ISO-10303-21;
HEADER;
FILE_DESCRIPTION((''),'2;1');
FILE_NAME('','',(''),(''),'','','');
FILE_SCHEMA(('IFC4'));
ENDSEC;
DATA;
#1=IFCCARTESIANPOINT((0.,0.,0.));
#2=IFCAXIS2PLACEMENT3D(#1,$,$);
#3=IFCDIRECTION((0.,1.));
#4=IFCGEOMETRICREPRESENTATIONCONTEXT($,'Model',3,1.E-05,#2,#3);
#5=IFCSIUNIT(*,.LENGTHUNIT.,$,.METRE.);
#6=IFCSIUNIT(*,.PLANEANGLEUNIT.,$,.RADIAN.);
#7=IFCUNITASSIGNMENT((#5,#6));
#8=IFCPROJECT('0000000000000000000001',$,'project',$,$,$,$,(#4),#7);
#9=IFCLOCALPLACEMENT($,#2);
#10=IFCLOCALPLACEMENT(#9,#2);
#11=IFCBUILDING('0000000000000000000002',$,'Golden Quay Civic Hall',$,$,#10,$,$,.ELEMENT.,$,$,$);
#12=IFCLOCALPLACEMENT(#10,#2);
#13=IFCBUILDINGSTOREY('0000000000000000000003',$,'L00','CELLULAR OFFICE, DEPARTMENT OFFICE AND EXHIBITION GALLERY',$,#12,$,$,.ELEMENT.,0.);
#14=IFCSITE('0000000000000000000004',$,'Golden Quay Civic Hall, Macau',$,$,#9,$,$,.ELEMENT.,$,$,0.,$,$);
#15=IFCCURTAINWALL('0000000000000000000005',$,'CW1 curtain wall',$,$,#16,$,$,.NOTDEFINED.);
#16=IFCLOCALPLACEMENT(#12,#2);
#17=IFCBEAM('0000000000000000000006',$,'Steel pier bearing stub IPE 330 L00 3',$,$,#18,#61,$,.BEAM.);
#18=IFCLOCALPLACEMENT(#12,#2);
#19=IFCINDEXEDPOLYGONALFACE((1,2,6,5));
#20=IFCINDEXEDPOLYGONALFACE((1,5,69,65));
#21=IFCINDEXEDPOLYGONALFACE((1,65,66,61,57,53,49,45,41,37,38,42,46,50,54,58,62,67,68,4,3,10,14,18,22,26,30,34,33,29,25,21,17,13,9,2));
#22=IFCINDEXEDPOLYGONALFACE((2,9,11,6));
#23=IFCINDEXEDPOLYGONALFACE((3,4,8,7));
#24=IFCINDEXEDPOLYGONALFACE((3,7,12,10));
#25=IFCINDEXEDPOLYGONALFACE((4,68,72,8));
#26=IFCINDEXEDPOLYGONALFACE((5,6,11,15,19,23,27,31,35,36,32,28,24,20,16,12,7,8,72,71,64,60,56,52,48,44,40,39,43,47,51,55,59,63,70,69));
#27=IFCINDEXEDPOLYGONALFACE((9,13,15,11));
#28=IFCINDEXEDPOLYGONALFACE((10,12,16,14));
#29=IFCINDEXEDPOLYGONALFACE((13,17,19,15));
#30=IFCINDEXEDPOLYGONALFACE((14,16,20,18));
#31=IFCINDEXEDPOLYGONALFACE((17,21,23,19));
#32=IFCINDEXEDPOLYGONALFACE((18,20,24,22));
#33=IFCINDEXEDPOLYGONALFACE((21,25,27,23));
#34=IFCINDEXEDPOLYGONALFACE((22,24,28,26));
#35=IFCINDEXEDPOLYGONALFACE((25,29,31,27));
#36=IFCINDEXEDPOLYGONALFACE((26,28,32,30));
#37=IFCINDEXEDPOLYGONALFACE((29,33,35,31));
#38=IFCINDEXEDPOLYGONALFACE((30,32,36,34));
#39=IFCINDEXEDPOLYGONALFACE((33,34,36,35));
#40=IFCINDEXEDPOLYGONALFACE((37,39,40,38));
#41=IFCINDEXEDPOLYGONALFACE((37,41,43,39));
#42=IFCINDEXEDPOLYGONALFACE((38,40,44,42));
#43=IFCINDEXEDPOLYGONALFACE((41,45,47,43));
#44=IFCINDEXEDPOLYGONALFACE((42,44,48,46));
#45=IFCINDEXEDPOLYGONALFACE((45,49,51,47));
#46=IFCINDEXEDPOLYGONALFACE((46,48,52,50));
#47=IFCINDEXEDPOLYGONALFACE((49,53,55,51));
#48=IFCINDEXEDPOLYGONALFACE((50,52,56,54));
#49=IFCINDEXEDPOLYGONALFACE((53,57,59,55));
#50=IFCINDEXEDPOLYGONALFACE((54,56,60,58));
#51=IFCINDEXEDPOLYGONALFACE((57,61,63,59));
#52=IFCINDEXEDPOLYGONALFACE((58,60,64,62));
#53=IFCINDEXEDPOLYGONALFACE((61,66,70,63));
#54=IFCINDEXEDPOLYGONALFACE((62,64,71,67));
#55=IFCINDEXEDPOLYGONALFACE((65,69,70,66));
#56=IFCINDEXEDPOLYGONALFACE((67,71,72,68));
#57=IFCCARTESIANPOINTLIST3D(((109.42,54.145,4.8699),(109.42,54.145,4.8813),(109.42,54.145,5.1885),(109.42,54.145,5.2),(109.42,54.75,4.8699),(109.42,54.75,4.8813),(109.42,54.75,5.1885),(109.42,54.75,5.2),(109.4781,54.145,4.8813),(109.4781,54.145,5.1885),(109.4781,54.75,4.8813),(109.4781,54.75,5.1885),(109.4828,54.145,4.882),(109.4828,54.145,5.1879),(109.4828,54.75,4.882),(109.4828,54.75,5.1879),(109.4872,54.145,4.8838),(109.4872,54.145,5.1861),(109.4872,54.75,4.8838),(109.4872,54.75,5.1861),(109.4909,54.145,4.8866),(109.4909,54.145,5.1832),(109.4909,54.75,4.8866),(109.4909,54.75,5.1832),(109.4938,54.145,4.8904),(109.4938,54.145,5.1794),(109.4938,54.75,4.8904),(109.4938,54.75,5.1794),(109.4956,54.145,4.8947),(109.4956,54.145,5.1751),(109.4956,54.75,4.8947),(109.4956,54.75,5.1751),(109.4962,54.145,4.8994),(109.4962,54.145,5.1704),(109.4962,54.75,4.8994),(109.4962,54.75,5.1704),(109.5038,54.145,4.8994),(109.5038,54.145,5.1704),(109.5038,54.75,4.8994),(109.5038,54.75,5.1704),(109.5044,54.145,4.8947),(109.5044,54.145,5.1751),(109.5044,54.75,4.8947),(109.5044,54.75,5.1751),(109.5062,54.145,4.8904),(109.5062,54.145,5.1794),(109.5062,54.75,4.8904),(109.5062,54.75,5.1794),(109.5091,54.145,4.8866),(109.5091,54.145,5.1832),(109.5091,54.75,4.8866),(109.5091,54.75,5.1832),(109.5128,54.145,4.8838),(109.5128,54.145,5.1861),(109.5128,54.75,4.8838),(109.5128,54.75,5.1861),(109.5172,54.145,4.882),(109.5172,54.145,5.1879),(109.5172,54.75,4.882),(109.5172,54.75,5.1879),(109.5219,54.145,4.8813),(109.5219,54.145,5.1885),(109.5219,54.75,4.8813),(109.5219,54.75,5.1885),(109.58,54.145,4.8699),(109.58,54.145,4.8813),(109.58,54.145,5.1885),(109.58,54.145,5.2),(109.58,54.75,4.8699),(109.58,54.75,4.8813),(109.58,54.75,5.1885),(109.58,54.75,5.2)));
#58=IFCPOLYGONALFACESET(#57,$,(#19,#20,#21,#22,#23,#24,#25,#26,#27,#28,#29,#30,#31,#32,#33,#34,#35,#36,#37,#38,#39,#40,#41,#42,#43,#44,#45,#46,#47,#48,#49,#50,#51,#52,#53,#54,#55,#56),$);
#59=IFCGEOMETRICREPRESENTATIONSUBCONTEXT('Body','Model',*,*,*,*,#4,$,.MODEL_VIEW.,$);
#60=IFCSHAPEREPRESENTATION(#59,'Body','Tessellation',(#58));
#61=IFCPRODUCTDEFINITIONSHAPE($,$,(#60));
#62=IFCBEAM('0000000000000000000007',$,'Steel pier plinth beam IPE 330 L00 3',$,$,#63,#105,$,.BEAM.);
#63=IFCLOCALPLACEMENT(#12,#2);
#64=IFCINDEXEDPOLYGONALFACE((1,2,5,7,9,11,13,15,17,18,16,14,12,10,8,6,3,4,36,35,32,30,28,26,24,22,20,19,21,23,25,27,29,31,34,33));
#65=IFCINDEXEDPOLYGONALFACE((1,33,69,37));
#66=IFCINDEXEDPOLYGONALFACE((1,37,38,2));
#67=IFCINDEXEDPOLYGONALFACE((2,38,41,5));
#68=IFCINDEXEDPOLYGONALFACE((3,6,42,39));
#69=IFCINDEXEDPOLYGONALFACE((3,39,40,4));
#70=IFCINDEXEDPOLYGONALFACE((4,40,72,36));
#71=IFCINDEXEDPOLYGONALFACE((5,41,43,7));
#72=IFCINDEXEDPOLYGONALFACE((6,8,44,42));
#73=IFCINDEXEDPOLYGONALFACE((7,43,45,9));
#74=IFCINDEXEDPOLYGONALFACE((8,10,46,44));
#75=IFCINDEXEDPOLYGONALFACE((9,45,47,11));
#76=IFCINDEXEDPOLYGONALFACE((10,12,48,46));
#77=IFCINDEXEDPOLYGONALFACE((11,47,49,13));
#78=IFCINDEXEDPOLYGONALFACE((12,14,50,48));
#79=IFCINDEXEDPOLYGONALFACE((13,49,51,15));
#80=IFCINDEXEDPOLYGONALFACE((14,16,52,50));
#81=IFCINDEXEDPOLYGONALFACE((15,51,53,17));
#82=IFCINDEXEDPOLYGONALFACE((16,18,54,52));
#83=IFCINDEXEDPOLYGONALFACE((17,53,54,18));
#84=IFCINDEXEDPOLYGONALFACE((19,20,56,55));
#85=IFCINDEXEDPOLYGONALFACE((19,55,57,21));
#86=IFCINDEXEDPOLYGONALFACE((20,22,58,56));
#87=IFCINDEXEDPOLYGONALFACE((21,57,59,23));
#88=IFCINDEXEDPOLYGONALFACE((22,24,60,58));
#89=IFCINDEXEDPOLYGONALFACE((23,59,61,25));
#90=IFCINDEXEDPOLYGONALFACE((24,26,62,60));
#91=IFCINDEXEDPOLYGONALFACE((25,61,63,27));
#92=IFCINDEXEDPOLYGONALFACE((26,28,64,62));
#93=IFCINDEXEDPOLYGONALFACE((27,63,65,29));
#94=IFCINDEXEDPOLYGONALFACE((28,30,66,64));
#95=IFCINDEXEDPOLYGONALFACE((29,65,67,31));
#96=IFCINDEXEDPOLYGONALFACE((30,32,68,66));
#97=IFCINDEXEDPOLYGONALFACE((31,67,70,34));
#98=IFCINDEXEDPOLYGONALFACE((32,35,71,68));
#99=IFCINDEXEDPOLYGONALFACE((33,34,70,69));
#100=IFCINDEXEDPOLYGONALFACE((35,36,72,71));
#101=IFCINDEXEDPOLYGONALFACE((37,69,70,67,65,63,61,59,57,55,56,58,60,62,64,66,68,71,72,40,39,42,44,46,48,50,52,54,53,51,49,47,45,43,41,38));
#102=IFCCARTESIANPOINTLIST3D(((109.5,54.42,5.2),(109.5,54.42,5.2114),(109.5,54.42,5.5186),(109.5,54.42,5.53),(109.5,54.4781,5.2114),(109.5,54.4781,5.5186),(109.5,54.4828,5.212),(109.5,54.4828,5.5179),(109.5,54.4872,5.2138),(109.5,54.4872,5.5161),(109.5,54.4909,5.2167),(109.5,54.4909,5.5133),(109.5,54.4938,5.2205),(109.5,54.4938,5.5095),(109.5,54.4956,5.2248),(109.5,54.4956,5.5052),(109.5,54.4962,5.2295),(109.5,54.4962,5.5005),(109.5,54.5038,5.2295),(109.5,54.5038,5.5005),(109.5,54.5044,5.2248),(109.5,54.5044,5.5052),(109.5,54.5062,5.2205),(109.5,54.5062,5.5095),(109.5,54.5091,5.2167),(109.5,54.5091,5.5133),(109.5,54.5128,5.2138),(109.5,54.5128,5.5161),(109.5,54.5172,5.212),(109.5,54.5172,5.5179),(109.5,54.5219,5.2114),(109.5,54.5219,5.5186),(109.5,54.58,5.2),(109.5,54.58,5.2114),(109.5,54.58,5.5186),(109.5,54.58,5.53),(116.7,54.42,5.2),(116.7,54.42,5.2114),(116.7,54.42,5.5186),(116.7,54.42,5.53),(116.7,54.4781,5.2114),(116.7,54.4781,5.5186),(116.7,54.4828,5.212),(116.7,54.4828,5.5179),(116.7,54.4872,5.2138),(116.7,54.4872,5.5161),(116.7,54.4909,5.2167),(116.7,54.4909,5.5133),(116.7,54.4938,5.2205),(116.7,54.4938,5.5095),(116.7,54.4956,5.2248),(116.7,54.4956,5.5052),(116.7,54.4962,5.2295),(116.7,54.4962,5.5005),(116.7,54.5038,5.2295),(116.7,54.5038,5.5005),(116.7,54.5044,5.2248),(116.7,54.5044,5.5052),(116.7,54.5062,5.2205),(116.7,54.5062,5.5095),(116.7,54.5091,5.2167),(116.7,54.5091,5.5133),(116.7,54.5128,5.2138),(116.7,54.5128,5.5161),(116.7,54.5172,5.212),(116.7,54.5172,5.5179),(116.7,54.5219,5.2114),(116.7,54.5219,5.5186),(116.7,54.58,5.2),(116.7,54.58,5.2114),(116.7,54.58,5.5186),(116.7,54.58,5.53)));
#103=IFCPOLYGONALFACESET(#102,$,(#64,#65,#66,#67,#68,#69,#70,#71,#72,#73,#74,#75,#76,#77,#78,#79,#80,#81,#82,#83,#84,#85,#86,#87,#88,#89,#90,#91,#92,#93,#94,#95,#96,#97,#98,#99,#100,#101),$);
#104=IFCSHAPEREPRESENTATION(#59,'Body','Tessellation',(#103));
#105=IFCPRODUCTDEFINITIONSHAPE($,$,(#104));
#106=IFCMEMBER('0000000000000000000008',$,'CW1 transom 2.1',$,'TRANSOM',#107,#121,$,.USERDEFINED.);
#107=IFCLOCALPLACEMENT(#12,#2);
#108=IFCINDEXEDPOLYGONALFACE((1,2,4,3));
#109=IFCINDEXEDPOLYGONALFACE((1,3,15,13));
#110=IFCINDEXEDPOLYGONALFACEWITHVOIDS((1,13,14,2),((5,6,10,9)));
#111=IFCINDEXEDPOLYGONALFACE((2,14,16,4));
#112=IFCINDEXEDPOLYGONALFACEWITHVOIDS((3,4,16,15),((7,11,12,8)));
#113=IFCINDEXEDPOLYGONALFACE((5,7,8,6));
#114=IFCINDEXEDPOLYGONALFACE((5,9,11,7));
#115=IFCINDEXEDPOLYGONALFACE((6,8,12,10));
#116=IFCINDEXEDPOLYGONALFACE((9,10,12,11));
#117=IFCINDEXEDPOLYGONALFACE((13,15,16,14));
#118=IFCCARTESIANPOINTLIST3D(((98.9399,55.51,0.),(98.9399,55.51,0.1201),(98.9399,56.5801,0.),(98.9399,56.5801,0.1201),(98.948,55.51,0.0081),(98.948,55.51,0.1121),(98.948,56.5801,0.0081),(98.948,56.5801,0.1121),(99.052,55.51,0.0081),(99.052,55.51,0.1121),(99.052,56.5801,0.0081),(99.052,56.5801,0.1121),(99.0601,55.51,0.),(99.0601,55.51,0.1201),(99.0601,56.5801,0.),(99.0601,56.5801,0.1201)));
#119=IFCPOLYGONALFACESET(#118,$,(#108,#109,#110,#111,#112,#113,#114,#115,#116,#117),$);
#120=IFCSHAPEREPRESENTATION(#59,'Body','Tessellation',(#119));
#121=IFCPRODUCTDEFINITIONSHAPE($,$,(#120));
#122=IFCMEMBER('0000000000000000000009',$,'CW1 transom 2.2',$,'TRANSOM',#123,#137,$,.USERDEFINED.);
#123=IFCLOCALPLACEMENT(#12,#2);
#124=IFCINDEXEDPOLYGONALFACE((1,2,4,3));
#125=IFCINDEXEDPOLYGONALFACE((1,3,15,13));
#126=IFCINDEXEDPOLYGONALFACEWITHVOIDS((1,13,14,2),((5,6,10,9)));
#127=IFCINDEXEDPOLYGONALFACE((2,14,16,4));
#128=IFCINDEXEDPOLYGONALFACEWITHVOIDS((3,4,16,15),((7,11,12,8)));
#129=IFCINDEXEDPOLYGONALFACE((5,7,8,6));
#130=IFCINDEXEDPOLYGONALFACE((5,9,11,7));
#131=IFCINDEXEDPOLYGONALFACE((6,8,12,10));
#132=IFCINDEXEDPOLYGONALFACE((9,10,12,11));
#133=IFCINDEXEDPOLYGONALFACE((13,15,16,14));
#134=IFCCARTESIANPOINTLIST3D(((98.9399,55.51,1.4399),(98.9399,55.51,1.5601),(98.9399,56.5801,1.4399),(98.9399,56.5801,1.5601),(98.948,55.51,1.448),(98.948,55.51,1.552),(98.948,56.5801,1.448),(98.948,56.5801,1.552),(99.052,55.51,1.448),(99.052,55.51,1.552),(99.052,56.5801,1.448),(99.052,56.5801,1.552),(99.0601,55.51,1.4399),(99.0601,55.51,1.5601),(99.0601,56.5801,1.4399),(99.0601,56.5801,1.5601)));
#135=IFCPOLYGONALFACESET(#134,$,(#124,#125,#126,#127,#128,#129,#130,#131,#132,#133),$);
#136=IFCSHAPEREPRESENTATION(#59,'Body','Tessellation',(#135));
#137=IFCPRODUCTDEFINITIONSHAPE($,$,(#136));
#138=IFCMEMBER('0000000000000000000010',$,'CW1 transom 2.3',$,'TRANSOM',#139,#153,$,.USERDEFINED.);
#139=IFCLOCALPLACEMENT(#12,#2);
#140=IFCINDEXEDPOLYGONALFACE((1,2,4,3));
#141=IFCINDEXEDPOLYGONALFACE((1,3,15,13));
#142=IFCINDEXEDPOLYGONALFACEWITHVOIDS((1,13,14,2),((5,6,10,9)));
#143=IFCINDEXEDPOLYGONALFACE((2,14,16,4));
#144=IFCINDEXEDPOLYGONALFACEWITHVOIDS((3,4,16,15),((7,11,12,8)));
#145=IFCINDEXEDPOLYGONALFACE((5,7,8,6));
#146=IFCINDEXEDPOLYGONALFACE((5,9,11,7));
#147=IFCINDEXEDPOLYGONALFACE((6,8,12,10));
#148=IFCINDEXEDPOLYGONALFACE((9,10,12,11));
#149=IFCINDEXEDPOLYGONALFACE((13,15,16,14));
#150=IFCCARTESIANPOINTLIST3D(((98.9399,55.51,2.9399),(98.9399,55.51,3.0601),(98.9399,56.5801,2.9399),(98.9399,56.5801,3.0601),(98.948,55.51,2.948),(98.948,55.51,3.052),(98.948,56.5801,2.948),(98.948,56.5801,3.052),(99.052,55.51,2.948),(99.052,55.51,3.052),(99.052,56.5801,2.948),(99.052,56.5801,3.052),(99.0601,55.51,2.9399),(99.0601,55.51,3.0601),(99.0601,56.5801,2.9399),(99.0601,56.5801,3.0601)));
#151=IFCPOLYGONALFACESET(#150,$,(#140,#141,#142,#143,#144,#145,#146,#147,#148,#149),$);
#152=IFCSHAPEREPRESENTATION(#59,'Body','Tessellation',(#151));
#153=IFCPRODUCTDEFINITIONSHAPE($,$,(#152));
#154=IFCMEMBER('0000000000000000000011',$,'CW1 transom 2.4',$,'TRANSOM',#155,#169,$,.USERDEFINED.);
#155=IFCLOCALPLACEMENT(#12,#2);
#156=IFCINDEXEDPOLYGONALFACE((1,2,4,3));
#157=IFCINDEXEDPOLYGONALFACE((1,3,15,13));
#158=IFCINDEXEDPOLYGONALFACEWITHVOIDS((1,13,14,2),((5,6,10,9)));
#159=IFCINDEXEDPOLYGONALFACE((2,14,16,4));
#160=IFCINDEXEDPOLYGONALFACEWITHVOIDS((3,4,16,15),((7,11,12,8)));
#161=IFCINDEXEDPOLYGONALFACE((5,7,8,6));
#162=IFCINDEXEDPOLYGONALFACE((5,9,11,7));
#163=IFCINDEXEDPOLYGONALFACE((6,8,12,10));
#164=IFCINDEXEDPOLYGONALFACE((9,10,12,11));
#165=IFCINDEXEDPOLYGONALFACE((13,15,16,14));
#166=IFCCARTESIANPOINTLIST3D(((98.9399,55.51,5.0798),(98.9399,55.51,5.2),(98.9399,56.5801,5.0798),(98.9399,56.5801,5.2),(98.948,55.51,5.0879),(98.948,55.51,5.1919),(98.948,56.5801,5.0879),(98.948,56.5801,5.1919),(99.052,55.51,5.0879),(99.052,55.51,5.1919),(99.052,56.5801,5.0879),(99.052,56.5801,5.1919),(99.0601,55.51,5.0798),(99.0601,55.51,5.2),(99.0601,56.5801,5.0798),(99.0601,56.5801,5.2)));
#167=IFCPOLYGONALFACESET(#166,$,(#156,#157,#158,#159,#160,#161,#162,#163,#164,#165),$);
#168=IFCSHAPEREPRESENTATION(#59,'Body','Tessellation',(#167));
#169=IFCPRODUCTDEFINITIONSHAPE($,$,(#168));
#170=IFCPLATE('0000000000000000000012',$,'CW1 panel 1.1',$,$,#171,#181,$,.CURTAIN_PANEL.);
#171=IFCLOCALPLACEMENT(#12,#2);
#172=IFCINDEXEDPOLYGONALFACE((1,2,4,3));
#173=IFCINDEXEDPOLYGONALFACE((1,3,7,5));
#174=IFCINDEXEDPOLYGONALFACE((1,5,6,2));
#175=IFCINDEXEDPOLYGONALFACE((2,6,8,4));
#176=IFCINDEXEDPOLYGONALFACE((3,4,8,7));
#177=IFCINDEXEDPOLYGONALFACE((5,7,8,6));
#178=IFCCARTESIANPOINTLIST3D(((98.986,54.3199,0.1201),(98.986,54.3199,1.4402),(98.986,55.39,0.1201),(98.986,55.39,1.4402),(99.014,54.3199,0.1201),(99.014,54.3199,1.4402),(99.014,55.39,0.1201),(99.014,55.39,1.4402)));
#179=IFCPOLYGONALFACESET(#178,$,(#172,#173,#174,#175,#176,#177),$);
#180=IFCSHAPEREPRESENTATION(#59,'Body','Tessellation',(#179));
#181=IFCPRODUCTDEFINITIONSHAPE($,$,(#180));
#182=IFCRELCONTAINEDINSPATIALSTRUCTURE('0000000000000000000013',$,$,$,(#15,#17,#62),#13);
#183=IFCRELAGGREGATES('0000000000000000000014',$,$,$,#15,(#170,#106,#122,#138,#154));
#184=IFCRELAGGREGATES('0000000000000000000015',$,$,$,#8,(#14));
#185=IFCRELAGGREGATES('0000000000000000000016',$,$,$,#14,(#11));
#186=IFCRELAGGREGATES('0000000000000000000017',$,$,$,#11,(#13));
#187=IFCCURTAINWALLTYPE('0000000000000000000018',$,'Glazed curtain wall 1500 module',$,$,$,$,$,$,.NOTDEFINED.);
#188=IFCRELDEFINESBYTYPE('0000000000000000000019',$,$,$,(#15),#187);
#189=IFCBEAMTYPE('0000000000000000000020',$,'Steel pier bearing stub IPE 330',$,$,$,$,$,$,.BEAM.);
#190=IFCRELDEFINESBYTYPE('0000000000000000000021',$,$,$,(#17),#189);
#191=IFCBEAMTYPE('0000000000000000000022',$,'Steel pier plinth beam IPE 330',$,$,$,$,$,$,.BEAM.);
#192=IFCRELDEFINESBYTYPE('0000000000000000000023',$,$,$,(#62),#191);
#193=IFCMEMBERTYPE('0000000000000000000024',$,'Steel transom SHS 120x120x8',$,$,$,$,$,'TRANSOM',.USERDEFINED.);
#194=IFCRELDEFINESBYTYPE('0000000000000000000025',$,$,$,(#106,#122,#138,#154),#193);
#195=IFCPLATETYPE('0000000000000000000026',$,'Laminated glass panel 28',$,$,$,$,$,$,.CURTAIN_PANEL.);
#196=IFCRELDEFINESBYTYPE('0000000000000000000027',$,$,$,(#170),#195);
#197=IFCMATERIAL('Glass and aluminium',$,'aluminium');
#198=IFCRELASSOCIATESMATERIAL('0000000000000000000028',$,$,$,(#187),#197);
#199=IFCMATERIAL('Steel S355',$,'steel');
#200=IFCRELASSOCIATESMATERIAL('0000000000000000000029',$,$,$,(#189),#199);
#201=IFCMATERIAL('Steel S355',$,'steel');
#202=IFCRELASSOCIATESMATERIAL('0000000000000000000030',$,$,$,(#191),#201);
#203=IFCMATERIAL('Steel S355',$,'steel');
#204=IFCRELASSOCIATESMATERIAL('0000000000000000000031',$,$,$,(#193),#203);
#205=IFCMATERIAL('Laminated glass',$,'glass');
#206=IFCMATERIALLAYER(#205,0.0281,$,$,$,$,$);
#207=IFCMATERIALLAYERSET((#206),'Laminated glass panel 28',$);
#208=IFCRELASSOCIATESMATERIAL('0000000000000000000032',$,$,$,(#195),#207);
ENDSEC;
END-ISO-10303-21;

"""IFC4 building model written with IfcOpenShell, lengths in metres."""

from ifc_helpers import new_model, si_unit, direction, frame, origin, origin_2d, place, context, subcontext, project, spatial, rectangle, hollow_rectangle, i_section, extrude, material, layer, layer_set, material_profile, profile_set, type_object, element, aggregate, save


model = new_model("IFC4")

# Units and contexts
model_context = context("Model", 3, precision=1e-05, world=origin(), true_north=direction((0.0, 1.0)))
body_context = subcontext(model_context, "Body", "Model", "MODEL_VIEW")
ifc_project = project(units=[si_unit("LENGTHUNIT", "METRE"), si_unit("PLANEANGLEUNIT", "RADIAN")], contexts=[model_context])

# Site, building, storey
site_placement = place(None, origin())
site = spatial("IfcSite", under=ifc_project, at=site_placement, Name="Golden Quay Civic Hall, Macau", CompositionType="ELEMENT", RefElevation=0.0)
building_placement = place(site_placement, origin())
building = spatial("IfcBuilding", under=site, at=building_placement, Name="Golden Quay Civic Hall", CompositionType="ELEMENT")
storey_placement = place(building_placement, origin())
storey = spatial("IfcBuildingStorey", under=building, at=storey_placement, Name="L00", Description="CELLULAR OFFICE, DEPARTMENT OFFICE AND EXHIBITION GALLERY", CompositionType="ELEMENT", Elevation=0.0)

# Curtain wall
ifc_material_1 = material(Name="Glass and aluminium", Category="aluminium")
curtain_wall_type = type_object("IfcCurtainWallType", Name="Glazed curtain wall 1500 module", PredefinedType="NOTDEFINED", material=ifc_material_1)
curtain_wall_1_placement = place(storey_placement, origin())
curtain_wall_1 = element("IfcCurtainWall", 1, at=curtain_wall_1_placement, inside=storey, type_object=curtain_wall_type, Name="CW1 curtain wall", PredefinedType="NOTDEFINED")

# Beams
ifc_material_2 = material(Name="Steel S355", Category="steel")
ifc_material_profile_1 = material_profile(ifc_material_2, i_section(OverallWidth=0.1599, OverallDepth=0.3301, WebThickness=0.0076, FlangeThickness=0.0115, FilletRadius=0.0181, at=origin_2d()), Name="IPE 330")
ifc_profile_set_1 = profile_set([ifc_material_profile_1], Name="Steel S355")
beam_type_1 = type_object("IfcBeamType", Name="Steel pier bearing stub IPE 330", PredefinedType="BEAM", material=ifc_profile_set_1)
beam_1_placement = place(storey_placement, frame((109.5, 54.145, 5.0349), z_axis=(0.0, 1.0, 0.0), x_axis=(-1.0, 0.0, 0.0)))
element("IfcBeam", 2, at=beam_1_placement, inside=storey, type_object=beam_type_1, Name="Steel pier bearing stub IPE 330 L00 3", PredefinedType="BEAM", context=body_context, shape_type="SweptSolid", body=[
    extrude(i_section(OverallWidth=0.1599, OverallDepth=0.3301, WebThickness=0.0076, FlangeThickness=0.0115, FilletRadius=0.0181, at=origin_2d()), origin(), (0.0, 0.0, 1.0), 0.605),
])
ifc_material_3 = material(Name="Steel S355", Category="steel")
ifc_material_profile_2 = material_profile(ifc_material_3, i_section(OverallWidth=0.1599, OverallDepth=0.3301, WebThickness=0.0076, FlangeThickness=0.0115, FilletRadius=0.0181, at=origin_2d()), Name="IPE 330")
ifc_profile_set_2 = profile_set([ifc_material_profile_2], Name="Steel S355")
beam_type_2 = type_object("IfcBeamType", Name="Steel pier plinth beam IPE 330", PredefinedType="BEAM", material=ifc_profile_set_2)
beam_2_placement = place(storey_placement, frame((109.5, 54.5, 5.365), z_axis=(1.0, 0.0, 0.0), x_axis=(0.0, 1.0, 0.0)))
element("IfcBeam", 3, at=beam_2_placement, inside=storey, type_object=beam_type_2, Name="Steel pier plinth beam IPE 330 L00 3", PredefinedType="BEAM", context=body_context, shape_type="SweptSolid", body=[
    extrude(i_section(OverallWidth=0.1599, OverallDepth=0.3301, WebThickness=0.0076, FlangeThickness=0.0115, FilletRadius=0.0181, at=origin_2d()), origin(), (0.0, 0.0, 1.0), 7.2),
])

# Members
ifc_material_4 = material(Name="Steel S355", Category="steel")
ifc_material_profile_3 = material_profile(ifc_material_4, hollow_rectangle(XDim=0.1201, YDim=0.1201, WallThickness=0.0081, at=origin_2d()), Name="SHS 120x120x8")
ifc_profile_set_3 = profile_set([ifc_material_profile_3], Name="Steel S355")
member_type_1 = type_object("IfcMemberType", Name="Steel transom SHS 120x120x8", ElementType="TRANSOM", PredefinedType="USERDEFINED", material=ifc_profile_set_3)
member_1_placement = place(storey_placement, frame((99.0, 55.51, 0.0601), z_axis=(0.0, 1.0, 0.0), x_axis=(-1.0, 0.0, 0.0)))
member_1 = element("IfcMember", 4, at=member_1_placement, type_object=member_type_1, Name="CW1 transom 2.1", ObjectType="TRANSOM", PredefinedType="USERDEFINED", context=body_context, shape_type="SweptSolid", body=[
    extrude(hollow_rectangle(XDim=0.1201, YDim=0.1201, WallThickness=0.0081, at=origin_2d()), origin(), (0.0, 0.0, 1.0), 1.0701),
])
member_2_placement = place(storey_placement, frame((99.0, 55.51, 1.5), z_axis=(0.0, 1.0, 0.0), x_axis=(-1.0, 0.0, 0.0)))
member_2 = element("IfcMember", 5, at=member_2_placement, type_object=member_type_1, Name="CW1 transom 2.2", ObjectType="TRANSOM", PredefinedType="USERDEFINED", context=body_context, shape_type="SweptSolid", body=[
    extrude(hollow_rectangle(XDim=0.1201, YDim=0.1201, WallThickness=0.0081, at=origin_2d()), origin(), (0.0, 0.0, 1.0), 1.0701),
])
member_3_placement = place(storey_placement, frame((99.0, 55.51, 3.0), z_axis=(0.0, 1.0, 0.0), x_axis=(-1.0, 0.0, 0.0)))
member_3 = element("IfcMember", 6, at=member_3_placement, type_object=member_type_1, Name="CW1 transom 2.3", ObjectType="TRANSOM", PredefinedType="USERDEFINED", context=body_context, shape_type="SweptSolid", body=[
    extrude(hollow_rectangle(XDim=0.1201, YDim=0.1201, WallThickness=0.0081, at=origin_2d()), origin(), (0.0, 0.0, 1.0), 1.0701),
])
member_4_placement = place(storey_placement, frame((99.0, 55.51, 5.1399), z_axis=(0.0, 1.0, 0.0), x_axis=(-1.0, 0.0, 0.0)))
member_4 = element("IfcMember", 7, at=member_4_placement, type_object=member_type_1, Name="CW1 transom 2.4", ObjectType="TRANSOM", PredefinedType="USERDEFINED", context=body_context, shape_type="SweptSolid", body=[
    extrude(hollow_rectangle(XDim=0.1201, YDim=0.1201, WallThickness=0.0081, at=origin_2d()), origin(), (0.0, 0.0, 1.0), 1.0701),
])

# Plate
ifc_material_5 = material(Name="Laminated glass", Category="glass")
ifc_layer_1 = layer(ifc_material_5, 0.0281)
ifc_layer_set_1 = layer_set([ifc_layer_1], Name="Laminated glass panel 28")
plate_type = type_object("IfcPlateType", Name="Laminated glass panel 28", PredefinedType="CURTAIN_PANEL", material=ifc_layer_set_1)
plate_1_placement = place(storey_placement, frame((99.0, 54.855, 0.1201), z_axis=(0.0, 0.0, 1.0), x_axis=(0.0, 1.0, 0.0)))
plate_1 = element("IfcPlate", 8, at=plate_1_placement, type_object=plate_type, Name="CW1 panel 1.1", PredefinedType="CURTAIN_PANEL", context=body_context, shape_type="SweptSolid", body=[
    extrude(rectangle(XDim=1.0701, YDim=0.0281, at=origin_2d()), origin(), (0.0, 0.0, 1.0), 1.3201),
])
aggregate(curtain_wall_1, [plate_1, member_1, member_2, member_3, member_4])

save(model, "model.ifc")
